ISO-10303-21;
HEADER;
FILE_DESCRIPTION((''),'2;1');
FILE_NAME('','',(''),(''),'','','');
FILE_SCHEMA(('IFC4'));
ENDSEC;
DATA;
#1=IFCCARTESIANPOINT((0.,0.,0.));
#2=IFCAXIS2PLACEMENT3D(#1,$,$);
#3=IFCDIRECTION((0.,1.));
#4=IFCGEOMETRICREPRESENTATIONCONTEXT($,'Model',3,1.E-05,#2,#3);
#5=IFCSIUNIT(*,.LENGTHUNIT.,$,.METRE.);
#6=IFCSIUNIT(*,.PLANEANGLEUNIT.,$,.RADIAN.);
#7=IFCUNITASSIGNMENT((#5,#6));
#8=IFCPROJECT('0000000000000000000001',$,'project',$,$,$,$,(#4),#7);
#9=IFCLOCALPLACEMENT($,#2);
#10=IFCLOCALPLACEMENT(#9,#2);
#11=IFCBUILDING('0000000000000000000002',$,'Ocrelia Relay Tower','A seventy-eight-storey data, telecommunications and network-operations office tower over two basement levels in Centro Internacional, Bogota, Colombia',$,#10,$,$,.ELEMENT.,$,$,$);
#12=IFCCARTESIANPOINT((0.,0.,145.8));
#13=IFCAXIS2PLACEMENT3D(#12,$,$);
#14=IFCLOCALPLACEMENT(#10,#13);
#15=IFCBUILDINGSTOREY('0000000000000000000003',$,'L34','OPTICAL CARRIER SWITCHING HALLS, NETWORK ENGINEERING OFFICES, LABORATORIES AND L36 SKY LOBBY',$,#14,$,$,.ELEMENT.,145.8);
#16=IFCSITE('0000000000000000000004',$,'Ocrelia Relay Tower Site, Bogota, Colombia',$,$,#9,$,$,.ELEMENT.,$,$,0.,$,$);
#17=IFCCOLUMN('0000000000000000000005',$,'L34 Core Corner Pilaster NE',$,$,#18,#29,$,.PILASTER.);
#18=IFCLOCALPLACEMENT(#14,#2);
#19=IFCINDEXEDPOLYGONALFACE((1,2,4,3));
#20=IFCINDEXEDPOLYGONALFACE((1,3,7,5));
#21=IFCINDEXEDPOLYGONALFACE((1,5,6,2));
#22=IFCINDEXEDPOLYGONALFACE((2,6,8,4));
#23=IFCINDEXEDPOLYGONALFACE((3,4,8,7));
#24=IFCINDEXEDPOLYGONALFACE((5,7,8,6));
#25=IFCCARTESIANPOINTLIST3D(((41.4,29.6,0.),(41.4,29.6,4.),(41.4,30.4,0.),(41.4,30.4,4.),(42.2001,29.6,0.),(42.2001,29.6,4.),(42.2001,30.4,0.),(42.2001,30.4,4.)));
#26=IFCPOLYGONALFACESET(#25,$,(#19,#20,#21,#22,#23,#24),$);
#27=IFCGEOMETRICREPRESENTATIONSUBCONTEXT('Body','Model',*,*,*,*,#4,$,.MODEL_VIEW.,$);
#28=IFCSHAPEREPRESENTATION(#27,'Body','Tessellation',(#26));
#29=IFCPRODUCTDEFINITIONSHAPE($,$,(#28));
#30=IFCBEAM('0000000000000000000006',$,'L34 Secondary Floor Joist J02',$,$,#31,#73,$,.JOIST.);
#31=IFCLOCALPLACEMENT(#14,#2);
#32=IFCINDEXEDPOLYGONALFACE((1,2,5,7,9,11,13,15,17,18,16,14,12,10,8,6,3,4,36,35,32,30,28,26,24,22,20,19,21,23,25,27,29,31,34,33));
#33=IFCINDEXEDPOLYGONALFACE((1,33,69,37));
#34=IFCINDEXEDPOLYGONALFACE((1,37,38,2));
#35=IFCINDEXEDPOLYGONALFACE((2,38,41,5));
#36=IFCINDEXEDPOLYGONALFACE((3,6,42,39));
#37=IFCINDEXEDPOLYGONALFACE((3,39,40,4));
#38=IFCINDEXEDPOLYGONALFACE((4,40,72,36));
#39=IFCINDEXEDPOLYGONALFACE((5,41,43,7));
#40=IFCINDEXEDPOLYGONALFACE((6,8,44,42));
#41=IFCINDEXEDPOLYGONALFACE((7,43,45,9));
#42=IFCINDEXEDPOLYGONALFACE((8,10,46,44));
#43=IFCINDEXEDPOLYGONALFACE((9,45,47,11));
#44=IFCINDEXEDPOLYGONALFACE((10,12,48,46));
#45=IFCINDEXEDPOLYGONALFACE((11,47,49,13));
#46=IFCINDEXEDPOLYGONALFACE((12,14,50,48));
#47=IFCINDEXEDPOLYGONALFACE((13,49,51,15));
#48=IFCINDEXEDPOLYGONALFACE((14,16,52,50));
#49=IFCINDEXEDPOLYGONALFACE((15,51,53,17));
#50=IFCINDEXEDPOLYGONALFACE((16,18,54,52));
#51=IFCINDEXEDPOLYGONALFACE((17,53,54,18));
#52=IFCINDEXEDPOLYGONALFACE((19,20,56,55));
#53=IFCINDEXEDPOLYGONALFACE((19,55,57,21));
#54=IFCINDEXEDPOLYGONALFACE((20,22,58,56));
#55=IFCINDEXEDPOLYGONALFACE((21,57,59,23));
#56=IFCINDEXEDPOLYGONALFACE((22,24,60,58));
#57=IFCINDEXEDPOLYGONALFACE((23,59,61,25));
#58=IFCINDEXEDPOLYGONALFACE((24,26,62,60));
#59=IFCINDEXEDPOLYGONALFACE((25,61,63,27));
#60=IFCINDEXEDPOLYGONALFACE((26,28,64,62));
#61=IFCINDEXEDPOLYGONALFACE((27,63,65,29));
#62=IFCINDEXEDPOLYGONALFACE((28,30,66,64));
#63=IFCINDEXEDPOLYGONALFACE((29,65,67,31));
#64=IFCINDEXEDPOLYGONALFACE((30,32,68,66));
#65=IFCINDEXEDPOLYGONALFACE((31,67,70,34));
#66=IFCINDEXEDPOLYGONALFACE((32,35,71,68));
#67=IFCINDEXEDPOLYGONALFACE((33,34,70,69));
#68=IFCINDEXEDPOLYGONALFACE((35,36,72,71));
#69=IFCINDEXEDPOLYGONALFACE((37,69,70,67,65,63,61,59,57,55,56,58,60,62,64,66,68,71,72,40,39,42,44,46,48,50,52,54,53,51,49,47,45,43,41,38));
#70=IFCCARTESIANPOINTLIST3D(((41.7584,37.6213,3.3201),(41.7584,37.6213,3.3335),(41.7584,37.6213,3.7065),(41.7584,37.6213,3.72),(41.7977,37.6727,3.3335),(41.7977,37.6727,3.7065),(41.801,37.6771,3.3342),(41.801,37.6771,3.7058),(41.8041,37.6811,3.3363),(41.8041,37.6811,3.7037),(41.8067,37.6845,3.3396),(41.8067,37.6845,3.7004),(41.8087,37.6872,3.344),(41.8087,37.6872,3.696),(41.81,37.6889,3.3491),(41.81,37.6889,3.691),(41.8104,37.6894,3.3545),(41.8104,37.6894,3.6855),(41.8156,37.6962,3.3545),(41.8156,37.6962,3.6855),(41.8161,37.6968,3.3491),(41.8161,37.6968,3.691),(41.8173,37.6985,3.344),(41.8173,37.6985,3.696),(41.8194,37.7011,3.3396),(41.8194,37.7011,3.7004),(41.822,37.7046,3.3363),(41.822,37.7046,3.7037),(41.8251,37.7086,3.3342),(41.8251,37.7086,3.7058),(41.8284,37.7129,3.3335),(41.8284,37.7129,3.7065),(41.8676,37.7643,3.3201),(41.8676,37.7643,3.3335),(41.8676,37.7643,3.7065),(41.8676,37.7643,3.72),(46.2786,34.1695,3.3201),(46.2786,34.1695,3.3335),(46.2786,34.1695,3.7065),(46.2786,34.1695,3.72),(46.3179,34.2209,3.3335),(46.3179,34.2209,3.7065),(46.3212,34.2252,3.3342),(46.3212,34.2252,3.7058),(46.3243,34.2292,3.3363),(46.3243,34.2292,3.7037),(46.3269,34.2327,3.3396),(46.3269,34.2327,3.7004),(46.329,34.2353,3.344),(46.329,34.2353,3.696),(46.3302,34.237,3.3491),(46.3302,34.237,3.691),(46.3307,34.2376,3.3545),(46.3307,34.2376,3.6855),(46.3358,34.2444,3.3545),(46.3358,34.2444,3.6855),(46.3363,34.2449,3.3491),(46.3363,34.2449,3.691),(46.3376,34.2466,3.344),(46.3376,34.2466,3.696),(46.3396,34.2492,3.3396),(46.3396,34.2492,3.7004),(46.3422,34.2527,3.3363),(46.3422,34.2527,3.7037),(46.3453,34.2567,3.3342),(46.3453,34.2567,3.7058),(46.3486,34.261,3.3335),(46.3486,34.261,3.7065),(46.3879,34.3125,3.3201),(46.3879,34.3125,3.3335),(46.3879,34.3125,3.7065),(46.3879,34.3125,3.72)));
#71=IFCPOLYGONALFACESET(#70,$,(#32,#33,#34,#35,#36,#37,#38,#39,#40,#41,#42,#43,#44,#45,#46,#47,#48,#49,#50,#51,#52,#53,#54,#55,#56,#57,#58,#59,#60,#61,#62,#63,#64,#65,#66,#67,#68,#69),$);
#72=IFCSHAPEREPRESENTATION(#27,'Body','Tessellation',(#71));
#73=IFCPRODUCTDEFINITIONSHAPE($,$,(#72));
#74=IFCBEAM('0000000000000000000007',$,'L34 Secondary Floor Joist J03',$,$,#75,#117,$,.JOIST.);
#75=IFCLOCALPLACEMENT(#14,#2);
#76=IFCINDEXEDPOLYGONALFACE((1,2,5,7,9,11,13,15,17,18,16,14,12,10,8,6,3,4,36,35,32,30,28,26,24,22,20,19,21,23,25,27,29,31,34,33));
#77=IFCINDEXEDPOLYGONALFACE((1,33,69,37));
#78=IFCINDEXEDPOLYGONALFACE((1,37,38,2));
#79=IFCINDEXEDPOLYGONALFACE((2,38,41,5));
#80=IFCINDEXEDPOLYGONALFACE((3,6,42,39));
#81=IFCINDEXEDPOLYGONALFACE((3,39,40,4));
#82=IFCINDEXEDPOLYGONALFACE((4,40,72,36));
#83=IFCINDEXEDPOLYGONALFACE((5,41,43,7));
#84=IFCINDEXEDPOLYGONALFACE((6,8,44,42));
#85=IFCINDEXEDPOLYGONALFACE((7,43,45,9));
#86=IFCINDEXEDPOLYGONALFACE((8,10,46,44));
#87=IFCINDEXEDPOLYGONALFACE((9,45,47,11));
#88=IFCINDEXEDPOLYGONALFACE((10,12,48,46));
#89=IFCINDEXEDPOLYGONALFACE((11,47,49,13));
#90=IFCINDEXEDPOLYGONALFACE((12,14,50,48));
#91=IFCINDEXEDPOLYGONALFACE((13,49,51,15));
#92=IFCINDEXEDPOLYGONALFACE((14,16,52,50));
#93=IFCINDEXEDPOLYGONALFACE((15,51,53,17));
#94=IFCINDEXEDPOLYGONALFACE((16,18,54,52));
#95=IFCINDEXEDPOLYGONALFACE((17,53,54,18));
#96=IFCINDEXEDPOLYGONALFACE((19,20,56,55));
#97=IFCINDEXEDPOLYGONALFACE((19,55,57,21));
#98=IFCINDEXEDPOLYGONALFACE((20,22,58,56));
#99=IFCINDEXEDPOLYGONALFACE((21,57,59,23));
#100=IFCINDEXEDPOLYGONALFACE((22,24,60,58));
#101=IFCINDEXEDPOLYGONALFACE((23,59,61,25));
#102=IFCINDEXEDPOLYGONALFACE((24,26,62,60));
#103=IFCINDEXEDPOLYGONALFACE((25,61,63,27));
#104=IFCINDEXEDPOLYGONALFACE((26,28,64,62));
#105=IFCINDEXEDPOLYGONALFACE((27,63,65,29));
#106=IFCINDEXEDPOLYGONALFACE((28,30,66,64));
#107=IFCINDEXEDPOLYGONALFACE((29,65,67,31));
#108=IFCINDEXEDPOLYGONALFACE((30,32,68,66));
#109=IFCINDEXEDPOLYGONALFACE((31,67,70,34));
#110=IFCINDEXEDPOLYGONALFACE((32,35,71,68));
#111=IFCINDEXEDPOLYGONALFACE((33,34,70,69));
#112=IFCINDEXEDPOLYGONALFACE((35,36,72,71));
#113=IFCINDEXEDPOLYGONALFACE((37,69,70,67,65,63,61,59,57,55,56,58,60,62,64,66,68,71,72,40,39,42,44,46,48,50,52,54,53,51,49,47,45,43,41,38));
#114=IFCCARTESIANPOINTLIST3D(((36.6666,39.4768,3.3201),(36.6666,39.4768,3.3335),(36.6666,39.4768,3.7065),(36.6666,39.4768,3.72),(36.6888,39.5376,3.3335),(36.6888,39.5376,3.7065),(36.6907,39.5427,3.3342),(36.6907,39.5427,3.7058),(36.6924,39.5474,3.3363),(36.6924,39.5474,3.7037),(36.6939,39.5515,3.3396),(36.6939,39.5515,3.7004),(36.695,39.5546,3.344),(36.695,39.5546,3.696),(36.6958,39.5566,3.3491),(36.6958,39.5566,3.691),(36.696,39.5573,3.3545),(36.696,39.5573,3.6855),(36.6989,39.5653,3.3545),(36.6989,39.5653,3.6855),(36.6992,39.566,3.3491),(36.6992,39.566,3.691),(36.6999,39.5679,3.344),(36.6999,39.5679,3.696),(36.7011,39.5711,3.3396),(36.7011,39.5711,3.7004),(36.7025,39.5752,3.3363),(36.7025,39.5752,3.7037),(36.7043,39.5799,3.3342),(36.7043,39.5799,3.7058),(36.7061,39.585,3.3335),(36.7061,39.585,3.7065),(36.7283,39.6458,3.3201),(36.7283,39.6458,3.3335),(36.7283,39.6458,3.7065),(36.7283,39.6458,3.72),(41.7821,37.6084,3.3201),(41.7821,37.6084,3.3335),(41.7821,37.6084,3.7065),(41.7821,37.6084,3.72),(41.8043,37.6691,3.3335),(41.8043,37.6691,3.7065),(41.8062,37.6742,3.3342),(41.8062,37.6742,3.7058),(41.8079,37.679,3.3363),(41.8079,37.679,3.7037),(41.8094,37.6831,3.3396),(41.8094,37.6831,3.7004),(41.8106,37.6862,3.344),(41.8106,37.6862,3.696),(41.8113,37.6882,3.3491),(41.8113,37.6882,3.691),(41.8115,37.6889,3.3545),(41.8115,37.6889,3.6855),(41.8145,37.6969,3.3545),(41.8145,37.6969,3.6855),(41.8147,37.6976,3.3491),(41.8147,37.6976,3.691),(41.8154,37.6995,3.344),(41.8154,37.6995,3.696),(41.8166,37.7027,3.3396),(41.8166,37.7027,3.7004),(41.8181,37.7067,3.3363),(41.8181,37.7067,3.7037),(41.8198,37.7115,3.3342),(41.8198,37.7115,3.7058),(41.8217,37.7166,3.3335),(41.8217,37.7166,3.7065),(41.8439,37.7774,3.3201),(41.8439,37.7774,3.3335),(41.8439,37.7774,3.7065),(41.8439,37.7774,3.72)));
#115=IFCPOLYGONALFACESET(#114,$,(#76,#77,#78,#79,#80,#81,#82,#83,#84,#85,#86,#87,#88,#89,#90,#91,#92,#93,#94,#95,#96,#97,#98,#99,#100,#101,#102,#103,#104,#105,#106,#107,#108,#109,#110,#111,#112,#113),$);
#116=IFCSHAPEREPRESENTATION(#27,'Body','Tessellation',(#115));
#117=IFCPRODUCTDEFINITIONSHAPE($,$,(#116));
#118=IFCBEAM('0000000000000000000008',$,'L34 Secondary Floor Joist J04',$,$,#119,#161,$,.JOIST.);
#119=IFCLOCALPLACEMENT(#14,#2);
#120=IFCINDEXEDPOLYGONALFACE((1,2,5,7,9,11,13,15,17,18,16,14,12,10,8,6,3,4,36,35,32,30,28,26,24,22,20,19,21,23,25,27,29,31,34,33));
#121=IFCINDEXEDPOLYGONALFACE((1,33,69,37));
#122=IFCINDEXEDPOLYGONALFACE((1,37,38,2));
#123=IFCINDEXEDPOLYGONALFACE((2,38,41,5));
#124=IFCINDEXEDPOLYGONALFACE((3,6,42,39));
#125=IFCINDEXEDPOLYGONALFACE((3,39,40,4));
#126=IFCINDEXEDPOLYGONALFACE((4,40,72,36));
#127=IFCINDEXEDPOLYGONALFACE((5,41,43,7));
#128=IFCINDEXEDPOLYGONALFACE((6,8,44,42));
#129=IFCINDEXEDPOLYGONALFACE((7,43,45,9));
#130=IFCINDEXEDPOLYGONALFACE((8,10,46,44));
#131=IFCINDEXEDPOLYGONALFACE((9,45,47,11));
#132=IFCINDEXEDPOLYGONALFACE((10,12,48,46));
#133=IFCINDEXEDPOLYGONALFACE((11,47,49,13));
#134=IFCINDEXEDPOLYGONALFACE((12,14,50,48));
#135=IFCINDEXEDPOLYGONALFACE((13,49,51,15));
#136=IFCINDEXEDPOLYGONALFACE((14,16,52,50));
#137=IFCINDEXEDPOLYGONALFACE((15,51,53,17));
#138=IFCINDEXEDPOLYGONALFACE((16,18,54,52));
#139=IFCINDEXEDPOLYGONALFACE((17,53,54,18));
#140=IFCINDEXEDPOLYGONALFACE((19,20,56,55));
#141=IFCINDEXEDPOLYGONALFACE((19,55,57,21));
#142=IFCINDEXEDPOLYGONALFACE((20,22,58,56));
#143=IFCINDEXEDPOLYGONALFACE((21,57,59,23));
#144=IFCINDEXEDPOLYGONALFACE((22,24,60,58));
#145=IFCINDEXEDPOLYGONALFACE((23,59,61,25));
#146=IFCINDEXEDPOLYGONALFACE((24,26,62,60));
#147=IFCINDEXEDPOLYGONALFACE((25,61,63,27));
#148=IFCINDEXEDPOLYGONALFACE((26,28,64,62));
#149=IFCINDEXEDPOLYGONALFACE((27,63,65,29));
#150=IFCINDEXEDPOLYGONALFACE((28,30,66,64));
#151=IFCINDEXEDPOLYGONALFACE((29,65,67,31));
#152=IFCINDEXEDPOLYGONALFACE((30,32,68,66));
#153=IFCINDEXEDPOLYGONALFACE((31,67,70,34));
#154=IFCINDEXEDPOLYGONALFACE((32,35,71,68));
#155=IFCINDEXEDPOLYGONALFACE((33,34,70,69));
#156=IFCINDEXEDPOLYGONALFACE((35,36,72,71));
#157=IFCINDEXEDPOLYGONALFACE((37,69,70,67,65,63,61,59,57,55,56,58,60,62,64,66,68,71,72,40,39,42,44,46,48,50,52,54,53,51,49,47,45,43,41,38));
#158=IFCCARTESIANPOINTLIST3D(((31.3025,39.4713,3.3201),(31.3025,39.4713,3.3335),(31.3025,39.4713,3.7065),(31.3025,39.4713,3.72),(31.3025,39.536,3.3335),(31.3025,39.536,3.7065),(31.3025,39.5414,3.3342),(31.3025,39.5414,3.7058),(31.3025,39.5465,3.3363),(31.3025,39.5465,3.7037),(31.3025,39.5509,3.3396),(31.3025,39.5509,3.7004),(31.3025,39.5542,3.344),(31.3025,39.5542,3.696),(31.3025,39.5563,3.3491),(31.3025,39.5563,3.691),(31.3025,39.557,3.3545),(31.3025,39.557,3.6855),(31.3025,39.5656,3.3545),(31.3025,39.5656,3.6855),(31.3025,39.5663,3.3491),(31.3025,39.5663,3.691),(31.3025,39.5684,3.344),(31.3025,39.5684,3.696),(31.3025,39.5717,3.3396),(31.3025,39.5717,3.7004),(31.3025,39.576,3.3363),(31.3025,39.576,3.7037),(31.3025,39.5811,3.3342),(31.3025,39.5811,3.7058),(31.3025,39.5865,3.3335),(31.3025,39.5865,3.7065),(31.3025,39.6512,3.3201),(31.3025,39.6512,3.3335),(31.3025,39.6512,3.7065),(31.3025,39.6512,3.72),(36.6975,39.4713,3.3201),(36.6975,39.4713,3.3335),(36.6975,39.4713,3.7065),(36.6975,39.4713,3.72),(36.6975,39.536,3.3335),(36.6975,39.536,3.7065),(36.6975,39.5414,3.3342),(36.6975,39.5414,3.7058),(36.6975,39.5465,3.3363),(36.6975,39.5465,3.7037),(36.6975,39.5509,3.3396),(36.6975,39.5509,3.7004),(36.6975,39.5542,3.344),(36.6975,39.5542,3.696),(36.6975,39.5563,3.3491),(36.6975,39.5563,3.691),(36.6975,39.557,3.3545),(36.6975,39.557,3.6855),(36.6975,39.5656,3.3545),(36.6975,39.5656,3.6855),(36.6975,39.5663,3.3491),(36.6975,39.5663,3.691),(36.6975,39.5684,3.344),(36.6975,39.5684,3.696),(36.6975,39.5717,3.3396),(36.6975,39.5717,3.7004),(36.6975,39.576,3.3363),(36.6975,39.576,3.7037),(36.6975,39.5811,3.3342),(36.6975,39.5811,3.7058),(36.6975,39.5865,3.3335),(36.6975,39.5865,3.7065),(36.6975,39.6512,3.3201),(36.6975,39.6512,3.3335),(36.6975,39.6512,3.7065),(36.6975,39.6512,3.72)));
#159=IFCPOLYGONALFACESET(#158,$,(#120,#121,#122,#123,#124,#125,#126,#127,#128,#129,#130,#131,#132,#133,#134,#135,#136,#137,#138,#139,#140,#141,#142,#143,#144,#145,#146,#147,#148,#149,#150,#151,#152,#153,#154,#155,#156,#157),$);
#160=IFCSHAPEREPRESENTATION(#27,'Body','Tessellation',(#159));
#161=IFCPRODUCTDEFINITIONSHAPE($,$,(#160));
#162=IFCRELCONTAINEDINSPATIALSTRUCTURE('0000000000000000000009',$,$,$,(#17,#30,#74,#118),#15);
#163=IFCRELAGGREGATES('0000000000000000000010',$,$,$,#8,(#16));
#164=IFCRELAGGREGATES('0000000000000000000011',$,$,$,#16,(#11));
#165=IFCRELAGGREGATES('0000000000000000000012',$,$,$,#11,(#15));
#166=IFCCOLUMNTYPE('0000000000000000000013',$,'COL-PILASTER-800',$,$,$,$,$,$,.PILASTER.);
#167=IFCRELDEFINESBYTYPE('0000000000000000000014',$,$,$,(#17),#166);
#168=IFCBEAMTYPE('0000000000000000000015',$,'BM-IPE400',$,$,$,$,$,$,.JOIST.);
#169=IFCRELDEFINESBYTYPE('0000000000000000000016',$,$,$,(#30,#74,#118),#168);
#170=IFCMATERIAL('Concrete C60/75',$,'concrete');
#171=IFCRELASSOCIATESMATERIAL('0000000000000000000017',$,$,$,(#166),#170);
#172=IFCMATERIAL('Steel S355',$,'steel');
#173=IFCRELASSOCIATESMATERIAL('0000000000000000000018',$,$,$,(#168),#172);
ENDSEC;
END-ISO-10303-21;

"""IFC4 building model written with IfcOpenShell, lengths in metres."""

from ifc_helpers import new_model, si_unit, direction, frame, origin, origin_2d, place, context, subcontext, project, spatial, rectangle, i_section, extrude, material, material_profile, profile_set, type_object, element, save


model = new_model("IFC4")

# Units and contexts
model_context = context("Model", 3, precision=1e-05, world=origin(), true_north=direction((0.0, 1.0)))
body_context = subcontext(model_context, "Body", "Model", "MODEL_VIEW")
ifc_project = project(units=[si_unit("LENGTHUNIT", "METRE"), si_unit("PLANEANGLEUNIT", "RADIAN")], contexts=[model_context])

# Site, building, storey
site_placement = place(None, origin())
site = spatial("IfcSite", under=ifc_project, at=site_placement, Name="Ocrelia Relay Tower Site, Bogota, Colombia", CompositionType="ELEMENT", RefElevation=0.0)
building_placement = place(site_placement, origin())
building = spatial("IfcBuilding", under=site, at=building_placement, Name="Ocrelia Relay Tower", Description="A seventy-eight-storey data, telecommunications and network-operations office tower over two basement levels in Centro Internacional, Bogota, Colombia", CompositionType="ELEMENT")
storey_placement = place(building_placement, frame((0.0, 0.0, 145.8)))
storey = spatial("IfcBuildingStorey", under=building, at=storey_placement, Name="L34", Description="OPTICAL CARRIER SWITCHING HALLS, NETWORK ENGINEERING OFFICES, LABORATORIES AND L36 SKY LOBBY", CompositionType="ELEMENT", Elevation=145.8)

# Column
ifc_material_1 = material(Name="Concrete C60/75", Category="concrete")
ifc_material_profile_1 = material_profile(ifc_material_1, rectangle(XDim=0.8, YDim=0.8, at=origin_2d()), Name="RC-COL-800x800")
ifc_profile_set_1 = profile_set([ifc_material_profile_1], Name="Concrete C60/75")
column_type = type_object("IfcColumnType", Name="COL-PILASTER-800", PredefinedType="PILASTER", material=ifc_profile_set_1)
column_placement = place(storey_placement, frame((41.8, 30.0, 0.0), z_axis=(0.0, 0.0, 1.0), x_axis=(1.0, 0.0, 0.0)))
element("IfcColumn", 1, at=column_placement, inside=storey, type_object=column_type, Name="L34 Core Corner Pilaster NE", PredefinedType="PILASTER", context=body_context, shape_type="SweptSolid", body=[
    extrude(rectangle(XDim=0.8, YDim=0.8, at=origin_2d()), origin(), (0.0, 0.0, 1.0), 4.0),
])

# Beams
ifc_material_2 = material(Name="Steel S355", Category="steel")
ifc_material_profile_2 = material_profile(ifc_material_2, i_section(OverallWidth=0.1799, OverallDepth=0.3999, WebThickness=0.0085, FlangeThickness=0.0134, FilletRadius=0.021, at=origin_2d()), Name="IPE 400")
ifc_profile_set_2 = profile_set([ifc_material_profile_2], Name="Steel S355")
beam_type = type_object("IfcBeamType", Name="BM-IPE400", PredefinedType="JOIST", material=ifc_profile_set_2)
beam_1_placement = place(storey_placement, frame((46.3333, 34.241, 3.52), z_axis=(-0.794762, 0.606921, 0.0), x_axis=(-0.606921, -0.794762, 0.0)))
element("IfcBeam", 2, at=beam_1_placement, inside=storey, type_object=beam_type, Name="L34 Secondary Floor Joist J02", PredefinedType="JOIST", context=body_context, shape_type="SweptSolid", body=[
    extrude(i_section(OverallWidth=0.1799, OverallDepth=0.3999, WebThickness=0.0085, FlangeThickness=0.0134, FilletRadius=0.021, at=origin_2d()), origin(), (0.0, 0.0, 1.0), 5.6875),
])
beam_2_placement = place(storey_placement, frame((41.813, 37.6929, 3.52), z_axis=(-0.939307, 0.343078, 0.0), x_axis=(-0.343078, -0.939307, 0.0)))
element("IfcBeam", 3, at=beam_2_placement, inside=storey, type_object=beam_type, Name="L34 Secondary Floor Joist J03", PredefinedType="JOIST", context=body_context, shape_type="SweptSolid", body=[
    extrude(i_section(OverallWidth=0.1799, OverallDepth=0.3999, WebThickness=0.0085, FlangeThickness=0.0134, FilletRadius=0.021, at=origin_2d()), origin(), (0.0, 0.0, 1.0), 5.446),
])
beam_3_placement = place(storey_placement, frame((36.6975, 39.5613, 3.52), z_axis=(-1.0, 0.0, 0.0), x_axis=(0.0, -1.0, 0.0)))
element("IfcBeam", 4, at=beam_3_placement, inside=storey, type_object=beam_type, Name="L34 Secondary Floor Joist J04", PredefinedType="JOIST", context=body_context, shape_type="SweptSolid", body=[
    extrude(i_section(OverallWidth=0.1799, OverallDepth=0.3999, WebThickness=0.0085, FlangeThickness=0.0134, FilletRadius=0.021, at=origin_2d()), origin(), (0.0, 0.0, 1.0), 5.395),
])

save(model, "model.ifc")
